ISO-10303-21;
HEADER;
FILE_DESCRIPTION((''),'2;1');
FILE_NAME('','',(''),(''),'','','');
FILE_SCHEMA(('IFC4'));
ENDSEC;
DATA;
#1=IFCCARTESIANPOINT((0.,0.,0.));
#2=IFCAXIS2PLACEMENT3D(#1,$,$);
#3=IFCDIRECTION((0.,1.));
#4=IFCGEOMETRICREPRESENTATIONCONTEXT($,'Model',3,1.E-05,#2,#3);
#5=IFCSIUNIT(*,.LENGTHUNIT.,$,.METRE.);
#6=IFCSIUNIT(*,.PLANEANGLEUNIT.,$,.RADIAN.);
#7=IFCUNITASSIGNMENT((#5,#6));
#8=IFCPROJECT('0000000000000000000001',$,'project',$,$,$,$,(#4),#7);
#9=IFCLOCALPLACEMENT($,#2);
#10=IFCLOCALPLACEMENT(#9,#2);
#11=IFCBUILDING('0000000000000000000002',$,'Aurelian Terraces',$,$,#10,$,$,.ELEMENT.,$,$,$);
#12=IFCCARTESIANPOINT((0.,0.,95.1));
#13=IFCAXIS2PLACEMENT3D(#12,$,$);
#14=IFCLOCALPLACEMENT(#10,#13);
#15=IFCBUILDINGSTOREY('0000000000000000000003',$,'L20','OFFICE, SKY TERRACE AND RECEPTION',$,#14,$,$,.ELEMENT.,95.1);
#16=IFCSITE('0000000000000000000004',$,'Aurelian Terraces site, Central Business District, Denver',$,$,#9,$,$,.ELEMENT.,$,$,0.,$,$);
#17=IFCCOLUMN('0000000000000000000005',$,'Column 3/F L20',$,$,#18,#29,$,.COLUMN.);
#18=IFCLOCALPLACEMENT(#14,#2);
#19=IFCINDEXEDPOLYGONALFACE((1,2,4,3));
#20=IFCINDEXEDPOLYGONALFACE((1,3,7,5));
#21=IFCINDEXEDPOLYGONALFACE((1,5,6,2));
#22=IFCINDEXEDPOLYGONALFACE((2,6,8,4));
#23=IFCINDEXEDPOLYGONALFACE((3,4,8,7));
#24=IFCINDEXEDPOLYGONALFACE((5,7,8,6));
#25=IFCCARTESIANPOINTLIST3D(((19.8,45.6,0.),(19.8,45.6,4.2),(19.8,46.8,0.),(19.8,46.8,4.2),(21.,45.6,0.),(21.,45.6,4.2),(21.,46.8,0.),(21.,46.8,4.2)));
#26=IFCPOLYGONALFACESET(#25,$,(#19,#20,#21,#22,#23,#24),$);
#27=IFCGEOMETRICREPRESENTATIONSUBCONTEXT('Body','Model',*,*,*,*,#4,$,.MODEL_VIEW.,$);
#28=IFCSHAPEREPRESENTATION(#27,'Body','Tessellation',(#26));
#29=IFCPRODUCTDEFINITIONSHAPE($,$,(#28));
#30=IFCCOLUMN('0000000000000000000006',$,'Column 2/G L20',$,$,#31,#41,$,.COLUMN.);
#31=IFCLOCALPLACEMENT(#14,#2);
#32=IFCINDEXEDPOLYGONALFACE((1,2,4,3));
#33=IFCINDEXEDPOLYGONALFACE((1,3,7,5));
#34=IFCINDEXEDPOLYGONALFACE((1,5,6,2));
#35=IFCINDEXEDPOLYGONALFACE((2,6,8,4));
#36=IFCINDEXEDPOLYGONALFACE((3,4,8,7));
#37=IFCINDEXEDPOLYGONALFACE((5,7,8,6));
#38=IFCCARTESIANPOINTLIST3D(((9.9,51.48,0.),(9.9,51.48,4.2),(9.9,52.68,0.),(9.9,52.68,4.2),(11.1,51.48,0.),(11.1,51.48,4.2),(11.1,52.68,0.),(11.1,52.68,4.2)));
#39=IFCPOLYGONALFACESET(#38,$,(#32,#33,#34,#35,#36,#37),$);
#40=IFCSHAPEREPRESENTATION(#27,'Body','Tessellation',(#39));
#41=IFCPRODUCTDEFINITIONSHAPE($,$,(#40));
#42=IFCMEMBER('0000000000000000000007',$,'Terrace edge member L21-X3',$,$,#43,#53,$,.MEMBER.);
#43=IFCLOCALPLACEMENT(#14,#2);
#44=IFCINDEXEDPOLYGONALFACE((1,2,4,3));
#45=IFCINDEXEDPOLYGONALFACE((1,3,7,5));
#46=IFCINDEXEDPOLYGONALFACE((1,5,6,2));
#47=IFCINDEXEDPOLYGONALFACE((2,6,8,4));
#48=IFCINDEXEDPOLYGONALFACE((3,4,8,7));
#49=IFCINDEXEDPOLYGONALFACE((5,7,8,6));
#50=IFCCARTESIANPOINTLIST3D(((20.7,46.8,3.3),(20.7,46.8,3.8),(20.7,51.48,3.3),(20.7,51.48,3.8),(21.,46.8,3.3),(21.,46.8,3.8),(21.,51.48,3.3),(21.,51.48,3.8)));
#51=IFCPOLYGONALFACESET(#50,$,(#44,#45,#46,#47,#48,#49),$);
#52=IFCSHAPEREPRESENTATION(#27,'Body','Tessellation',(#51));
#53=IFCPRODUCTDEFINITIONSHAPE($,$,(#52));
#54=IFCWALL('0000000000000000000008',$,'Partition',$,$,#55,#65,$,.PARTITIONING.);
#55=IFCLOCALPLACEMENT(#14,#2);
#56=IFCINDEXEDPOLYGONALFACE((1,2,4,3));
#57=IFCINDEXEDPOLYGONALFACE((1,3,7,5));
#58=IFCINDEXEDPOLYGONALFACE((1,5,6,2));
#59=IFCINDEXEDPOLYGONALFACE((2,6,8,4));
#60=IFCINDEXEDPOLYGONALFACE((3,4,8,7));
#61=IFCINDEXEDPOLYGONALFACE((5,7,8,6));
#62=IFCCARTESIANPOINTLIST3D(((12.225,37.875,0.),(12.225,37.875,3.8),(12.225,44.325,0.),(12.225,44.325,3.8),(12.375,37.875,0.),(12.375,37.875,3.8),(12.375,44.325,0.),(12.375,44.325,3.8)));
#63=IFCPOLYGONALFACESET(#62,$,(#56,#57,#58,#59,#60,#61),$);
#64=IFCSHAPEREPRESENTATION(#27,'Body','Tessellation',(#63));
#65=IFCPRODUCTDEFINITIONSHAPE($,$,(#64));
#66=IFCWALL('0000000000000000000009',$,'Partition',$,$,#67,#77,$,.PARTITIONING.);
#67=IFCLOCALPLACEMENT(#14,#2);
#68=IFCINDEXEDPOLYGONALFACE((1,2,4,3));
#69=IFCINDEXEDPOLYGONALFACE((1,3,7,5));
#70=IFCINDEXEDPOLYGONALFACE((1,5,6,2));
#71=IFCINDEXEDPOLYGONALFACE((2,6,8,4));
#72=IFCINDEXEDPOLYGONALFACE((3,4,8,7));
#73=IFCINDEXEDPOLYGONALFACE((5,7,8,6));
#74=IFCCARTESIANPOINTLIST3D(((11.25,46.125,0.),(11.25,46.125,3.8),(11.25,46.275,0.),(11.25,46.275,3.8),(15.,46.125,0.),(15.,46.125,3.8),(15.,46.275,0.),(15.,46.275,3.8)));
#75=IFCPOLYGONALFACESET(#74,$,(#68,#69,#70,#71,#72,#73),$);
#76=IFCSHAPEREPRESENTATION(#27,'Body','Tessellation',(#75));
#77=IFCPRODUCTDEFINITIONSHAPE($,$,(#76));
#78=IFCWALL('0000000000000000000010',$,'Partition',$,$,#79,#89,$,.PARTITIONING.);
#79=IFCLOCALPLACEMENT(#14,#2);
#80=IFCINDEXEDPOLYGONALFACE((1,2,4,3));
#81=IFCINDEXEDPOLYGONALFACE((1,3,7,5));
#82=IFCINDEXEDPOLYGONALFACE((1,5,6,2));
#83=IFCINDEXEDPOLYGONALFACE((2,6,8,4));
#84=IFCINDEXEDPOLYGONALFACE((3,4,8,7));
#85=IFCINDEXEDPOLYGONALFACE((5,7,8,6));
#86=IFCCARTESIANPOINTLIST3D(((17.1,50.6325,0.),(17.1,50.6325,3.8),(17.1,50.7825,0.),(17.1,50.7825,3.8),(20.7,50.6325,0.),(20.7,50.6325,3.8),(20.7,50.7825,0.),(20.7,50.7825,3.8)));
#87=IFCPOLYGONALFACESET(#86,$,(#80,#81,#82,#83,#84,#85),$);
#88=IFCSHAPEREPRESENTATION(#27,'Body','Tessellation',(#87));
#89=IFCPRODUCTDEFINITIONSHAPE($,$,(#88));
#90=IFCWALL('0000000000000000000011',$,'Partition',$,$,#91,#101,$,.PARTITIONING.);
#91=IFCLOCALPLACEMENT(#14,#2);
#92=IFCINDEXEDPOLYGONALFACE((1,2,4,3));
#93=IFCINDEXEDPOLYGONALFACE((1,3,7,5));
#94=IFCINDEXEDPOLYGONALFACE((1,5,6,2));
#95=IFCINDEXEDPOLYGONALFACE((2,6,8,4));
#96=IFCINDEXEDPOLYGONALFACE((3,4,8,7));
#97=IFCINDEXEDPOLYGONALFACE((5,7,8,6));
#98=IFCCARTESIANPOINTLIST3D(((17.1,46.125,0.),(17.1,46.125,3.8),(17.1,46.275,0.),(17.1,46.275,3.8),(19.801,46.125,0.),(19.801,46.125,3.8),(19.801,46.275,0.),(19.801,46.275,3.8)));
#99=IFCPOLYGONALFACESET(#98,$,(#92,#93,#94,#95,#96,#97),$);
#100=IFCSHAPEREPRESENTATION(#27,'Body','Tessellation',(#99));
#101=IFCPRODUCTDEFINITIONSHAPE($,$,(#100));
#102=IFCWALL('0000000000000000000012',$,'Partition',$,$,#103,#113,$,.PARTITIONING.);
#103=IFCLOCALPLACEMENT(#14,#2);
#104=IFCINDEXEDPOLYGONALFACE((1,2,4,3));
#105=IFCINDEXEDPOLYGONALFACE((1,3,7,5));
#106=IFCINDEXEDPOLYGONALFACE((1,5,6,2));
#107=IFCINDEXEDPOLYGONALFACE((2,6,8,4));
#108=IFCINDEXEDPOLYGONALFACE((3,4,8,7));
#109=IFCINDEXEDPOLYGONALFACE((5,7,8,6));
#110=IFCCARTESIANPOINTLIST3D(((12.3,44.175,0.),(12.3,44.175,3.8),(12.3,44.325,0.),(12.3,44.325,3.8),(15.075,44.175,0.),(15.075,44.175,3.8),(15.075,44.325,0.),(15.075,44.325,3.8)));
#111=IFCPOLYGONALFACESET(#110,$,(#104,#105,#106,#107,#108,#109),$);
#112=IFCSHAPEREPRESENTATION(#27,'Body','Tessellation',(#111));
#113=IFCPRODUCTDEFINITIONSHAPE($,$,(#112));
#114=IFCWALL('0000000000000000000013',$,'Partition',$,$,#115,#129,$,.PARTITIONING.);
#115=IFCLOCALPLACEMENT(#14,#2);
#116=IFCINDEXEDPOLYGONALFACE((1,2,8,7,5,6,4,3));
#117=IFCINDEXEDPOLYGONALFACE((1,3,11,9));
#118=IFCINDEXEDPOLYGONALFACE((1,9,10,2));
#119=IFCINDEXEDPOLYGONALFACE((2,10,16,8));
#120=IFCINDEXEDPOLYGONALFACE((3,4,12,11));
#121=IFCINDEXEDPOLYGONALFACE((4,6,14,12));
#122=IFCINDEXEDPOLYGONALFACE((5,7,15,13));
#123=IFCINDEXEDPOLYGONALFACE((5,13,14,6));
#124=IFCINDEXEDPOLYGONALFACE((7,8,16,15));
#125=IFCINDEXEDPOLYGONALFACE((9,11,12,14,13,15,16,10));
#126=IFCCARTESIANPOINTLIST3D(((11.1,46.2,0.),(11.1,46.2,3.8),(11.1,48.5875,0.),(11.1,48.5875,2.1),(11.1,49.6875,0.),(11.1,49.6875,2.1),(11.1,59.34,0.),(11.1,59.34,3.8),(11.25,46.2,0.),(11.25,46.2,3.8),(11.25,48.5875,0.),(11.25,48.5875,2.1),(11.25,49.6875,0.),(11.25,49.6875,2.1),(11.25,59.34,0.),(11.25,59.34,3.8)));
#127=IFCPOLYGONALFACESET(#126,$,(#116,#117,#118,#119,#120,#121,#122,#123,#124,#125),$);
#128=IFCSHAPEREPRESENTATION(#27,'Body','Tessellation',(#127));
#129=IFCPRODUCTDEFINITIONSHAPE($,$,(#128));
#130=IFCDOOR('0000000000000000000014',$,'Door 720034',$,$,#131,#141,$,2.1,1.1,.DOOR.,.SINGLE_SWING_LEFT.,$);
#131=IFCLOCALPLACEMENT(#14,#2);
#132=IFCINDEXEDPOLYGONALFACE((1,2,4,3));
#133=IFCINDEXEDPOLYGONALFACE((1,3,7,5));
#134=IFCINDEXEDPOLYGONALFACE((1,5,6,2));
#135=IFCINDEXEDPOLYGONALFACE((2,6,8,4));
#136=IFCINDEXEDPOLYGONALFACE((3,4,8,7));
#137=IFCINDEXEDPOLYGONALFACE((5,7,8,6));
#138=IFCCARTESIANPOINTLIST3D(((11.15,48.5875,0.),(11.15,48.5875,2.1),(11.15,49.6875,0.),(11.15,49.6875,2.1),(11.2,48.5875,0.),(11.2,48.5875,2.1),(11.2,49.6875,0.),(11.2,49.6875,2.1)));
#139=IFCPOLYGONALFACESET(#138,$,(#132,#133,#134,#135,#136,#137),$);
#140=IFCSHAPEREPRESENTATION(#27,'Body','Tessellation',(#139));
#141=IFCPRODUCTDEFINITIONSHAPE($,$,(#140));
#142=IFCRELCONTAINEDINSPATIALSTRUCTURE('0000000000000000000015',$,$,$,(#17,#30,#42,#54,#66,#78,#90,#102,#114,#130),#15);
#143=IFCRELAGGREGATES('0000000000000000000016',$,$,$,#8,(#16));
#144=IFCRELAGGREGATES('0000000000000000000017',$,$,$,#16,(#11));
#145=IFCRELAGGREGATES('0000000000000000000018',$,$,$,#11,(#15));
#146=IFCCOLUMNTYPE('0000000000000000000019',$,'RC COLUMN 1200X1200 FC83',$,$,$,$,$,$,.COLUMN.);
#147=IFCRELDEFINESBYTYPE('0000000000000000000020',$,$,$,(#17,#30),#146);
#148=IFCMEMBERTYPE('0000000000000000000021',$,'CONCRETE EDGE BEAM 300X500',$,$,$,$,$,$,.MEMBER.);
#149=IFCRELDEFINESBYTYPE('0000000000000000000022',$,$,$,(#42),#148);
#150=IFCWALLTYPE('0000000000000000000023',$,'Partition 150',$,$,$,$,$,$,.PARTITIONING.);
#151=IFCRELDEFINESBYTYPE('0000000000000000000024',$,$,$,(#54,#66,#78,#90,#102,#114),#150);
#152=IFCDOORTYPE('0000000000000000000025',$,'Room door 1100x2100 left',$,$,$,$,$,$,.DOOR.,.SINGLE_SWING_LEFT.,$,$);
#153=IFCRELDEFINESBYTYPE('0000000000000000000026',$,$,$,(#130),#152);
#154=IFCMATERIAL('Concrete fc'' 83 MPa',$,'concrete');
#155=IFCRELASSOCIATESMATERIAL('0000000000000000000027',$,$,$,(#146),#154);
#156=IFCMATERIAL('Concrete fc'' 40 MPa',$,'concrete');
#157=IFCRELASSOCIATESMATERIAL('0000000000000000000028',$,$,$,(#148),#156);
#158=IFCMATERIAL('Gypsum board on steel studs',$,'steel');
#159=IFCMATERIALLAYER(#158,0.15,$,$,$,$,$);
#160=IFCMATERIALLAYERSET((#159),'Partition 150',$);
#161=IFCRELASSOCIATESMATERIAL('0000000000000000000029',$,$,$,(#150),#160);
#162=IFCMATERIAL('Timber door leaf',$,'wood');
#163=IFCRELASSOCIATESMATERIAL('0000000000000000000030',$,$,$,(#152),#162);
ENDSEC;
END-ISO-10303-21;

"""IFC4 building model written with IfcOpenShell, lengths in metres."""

from ifc_helpers import new_model, si_unit, direction, frame, frame_2d, origin, origin_2d, place, context, subcontext, project, spatial, rectangle, extrude, source, transform, mapped, material, layer, layer_set, material_profile, profile_set, type_object, element, fill, save


model = new_model("IFC4")

# Units and contexts
model_context = context("Model", 3, precision=1e-05, world=origin(), true_north=direction((0.0, 1.0)))
body_context = subcontext(model_context, "Body", "Model", "MODEL_VIEW")
ifc_project = project(units=[si_unit("LENGTHUNIT", "METRE"), si_unit("PLANEANGLEUNIT", "RADIAN")], contexts=[model_context])

# Site, building, storey
site_placement = place(None, origin())
site = spatial("IfcSite", under=ifc_project, at=site_placement, Name="Aurelian Terraces site, Central Business District, Denver", CompositionType="ELEMENT", RefElevation=0.0)
building_placement = place(site_placement, origin())
building = spatial("IfcBuilding", under=site, at=building_placement, Name="Aurelian Terraces", CompositionType="ELEMENT")
storey_placement = place(building_placement, frame((0.0, 0.0, 95.1)))
storey = spatial("IfcBuildingStorey", under=building, at=storey_placement, Name="L20", Description="OFFICE, SKY TERRACE AND RECEPTION", CompositionType="ELEMENT", Elevation=95.1)

# Columns
ifc_material_1 = material(Name="Concrete fc' 83 MPa", Category="concrete")
ifc_material_profile_1 = material_profile(ifc_material_1, rectangle(XDim=1.2, YDim=1.2, at=origin_2d()))
ifc_profile_set_1 = profile_set([ifc_material_profile_1], Name="Concrete fc' 83 MPa")
column_type = type_object("IfcColumnType", Name="RC COLUMN 1200X1200 FC83", PredefinedType="COLUMN", material=ifc_profile_set_1)
shared_shape_1 = source(origin(), body_context, "Body", "SweptSolid", [
    extrude(rectangle(XDim=1.2, YDim=1.2, at=origin_2d()), origin(), (0.0, 0.0, 1.0), 4.2),
])
for number, where, z_axis, x_axis, name in (
    (1, (20.4, 46.2, 0.0), (0.0, 0.0, 1.0), (1.0, 0.0, 0.0), "Column 3/F L20"),
    (2, (10.5, 52.08, 0.0), (0.0, 0.0, 1.0), (1.0, 0.0, 0.0), "Column 2/G L20"),
):
    element("IfcColumn", number, at=place(storey_placement, frame(where, z_axis=z_axis, x_axis=x_axis)), inside=storey, type_object=column_type, Name=name, PredefinedType="COLUMN", context=body_context, shape_type="MappedRepresentation", body=[
        mapped(shared_shape_1, transform((0.0, 0.0, 0.0), scale=1.0)),
    ])

# Member
ifc_material_2 = material(Name="Concrete fc' 40 MPa", Category="concrete")
ifc_material_profile_2 = material_profile(ifc_material_2, rectangle(XDim=0.3, YDim=0.5, at=origin_2d()))
ifc_profile_set_2 = profile_set([ifc_material_profile_2], Name="Concrete fc' 40 MPa")
member_type = type_object("IfcMemberType", Name="CONCRETE EDGE BEAM 300X500", PredefinedType="MEMBER", material=ifc_profile_set_2)
shared_shape_2 = source(origin(), body_context, "Body", "SweptSolid", [
    extrude(rectangle(XDim=0.3, YDim=0.5, at=origin_2d()), origin(), (0.0, 0.0, 1.0), 4.68),
])
member_placement = place(storey_placement, frame((20.85, 51.48, 3.55), z_axis=(0.0, -1.0, 0.0), x_axis=(1.0, 0.0, 0.0)))
element("IfcMember", 3, at=member_placement, inside=storey, type_object=member_type, Name="Terrace edge member L21-X3", PredefinedType="MEMBER", context=body_context, shape_type="MappedRepresentation", body=[
    mapped(shared_shape_2, transform((0.0, 0.0, 0.0), scale=1.0)),
])

# Walls
ifc_material_3 = material(Name="Gypsum board on steel studs", Category="steel")
ifc_layer_1 = layer(ifc_material_3, 0.15)
ifc_layer_set_1 = layer_set([ifc_layer_1], Name="Partition 150")
wall_type_1 = type_object("IfcWallType", Name="Partition 150", PredefinedType="PARTITIONING", material=ifc_layer_set_1)
shared_shape_3 = source(origin(), body_context, "Body", "SweptSolid", [
    extrude(rectangle(XDim=6.45, YDim=0.15, at=frame_2d((3.225, 0.0))), origin(), (0.0, 0.0, 1.0), 3.8),
])
wall_1_placement = place(storey_placement, frame((12.3, 44.325, 0.0), z_axis=(0.0, 0.0, 1.0), x_axis=(0.0, -1.0, 0.0)))
element("IfcWall", 4, at=wall_1_placement, inside=storey, type_object=wall_type_1, Name="Partition", PredefinedType="PARTITIONING", context=body_context, shape_type="MappedRepresentation", body=[
    mapped(shared_shape_3, transform((0.0, 0.0, 0.0), scale=1.0)),
])
shared_shape_4 = source(origin(), body_context, "Body", "SweptSolid", [
    extrude(rectangle(XDim=3.75, YDim=0.15, at=frame_2d((1.875, 0.0))), origin(), (0.0, 0.0, 1.0), 3.8),
])
wall_2_placement = place(storey_placement, frame((15.0, 46.2, 0.0), z_axis=(0.0, 0.0, 1.0), x_axis=(-1.0, 0.0, 0.0)))
element("IfcWall", 5, at=wall_2_placement, inside=storey, type_object=wall_type_1, Name="Partition", PredefinedType="PARTITIONING", context=body_context, shape_type="MappedRepresentation", body=[
    mapped(shared_shape_4, transform((0.0, 0.0, 0.0), scale=1.0)),
])
shared_shape_5 = source(origin(), body_context, "Body", "SweptSolid", [
    extrude(rectangle(XDim=3.6, YDim=0.15, at=frame_2d((1.8, 0.0))), origin(), (0.0, 0.0, 1.0), 3.8),
])
wall_3_placement = place(storey_placement, frame((17.1, 50.7075, 0.0), z_axis=(0.0, 0.0, 1.0), x_axis=(1.0, 0.0, 0.0)))
element("IfcWall", 6, at=wall_3_placement, inside=storey, type_object=wall_type_1, Name="Partition", PredefinedType="PARTITIONING", context=body_context, shape_type="MappedRepresentation", body=[
    mapped(shared_shape_5, transform((0.0, 0.0, 0.0), scale=1.0)),
])
shared_shape_6 = source(origin(), body_context, "Body", "SweptSolid", [
    extrude(rectangle(XDim=2.701, YDim=0.15, at=frame_2d((1.3505, 0.0))), origin(), (0.0, 0.0, 1.0), 3.8),
])
wall_4_placement = place(storey_placement, frame((19.801, 46.2, 0.0), z_axis=(0.0, 0.0, 1.0), x_axis=(-1.0, 0.0, 0.0)))
element("IfcWall", 7, at=wall_4_placement, inside=storey, type_object=wall_type_1, Name="Partition", PredefinedType="PARTITIONING", context=body_context, shape_type="MappedRepresentation", body=[
    mapped(shared_shape_6, transform((0.0, 0.0, 0.0), scale=1.0)),
])
shared_shape_7 = source(origin(), body_context, "Body", "SweptSolid", [
    extrude(rectangle(XDim=2.775, YDim=0.15, at=frame_2d((1.3875, 0.0))), origin(), (0.0, 0.0, 1.0), 3.8),
])
wall_5_placement = place(storey_placement, frame((15.075, 44.25, 0.0), z_axis=(0.0, 0.0, 1.0), x_axis=(-1.0, 0.0, 0.0)))
element("IfcWall", 8, at=wall_5_placement, inside=storey, type_object=wall_type_1, Name="Partition", PredefinedType="PARTITIONING", context=body_context, shape_type="MappedRepresentation", body=[
    mapped(shared_shape_7, transform((0.0, 0.0, 0.0), scale=1.0)),
])

# Wall, opening, door
shared_shape_8 = source(origin(), body_context, "Body", "SweptSolid", [
    extrude(rectangle(XDim=13.14, YDim=0.15, at=frame_2d((6.57, 0.0))), origin(), (0.0, 0.0, 1.0), 3.8),
])
wall_6_placement = place(storey_placement, frame((11.175, 46.2, 0.0), z_axis=(0.0, 0.0, 1.0), x_axis=(0.0, 1.0, 0.0)))
wall_6 = element("IfcWall", 9, at=wall_6_placement, inside=storey, type_object=wall_type_1, Name="Partition", PredefinedType="PARTITIONING", context=body_context, shape_type="MappedRepresentation", body=[
    mapped(shared_shape_8, transform((0.0, 0.0, 0.0), scale=1.0)),
])
shared_shape_9 = source(origin(), body_context, "Body", "SweptSolid", [
    extrude(rectangle(XDim=1.1, YDim=2.1, at=frame_2d((0.55, 1.05))), frame((0.0, 0.085, 0.0), z_axis=(0.0, -1.0, 0.0), x_axis=(1.0, 0.0, 0.0)), (0.0, 0.0, 1.0), 0.17),
])
opening_1_placement = place(wall_6_placement, frame((2.3875, 0.0, 0.0)))
opening_1 = element("IfcOpeningElement", 10, at=opening_1_placement, cuts=wall_6, PredefinedType="OPENING", context=body_context, shape_type="MappedRepresentation", body=[
    mapped(shared_shape_9, transform((0.0, 0.0, 0.0), scale=1.0)),
])
ifc_material_4 = material(Name="Timber door leaf", Category="wood")
door_type_1 = type_object("IfcDoorType", Name="Room door 1100x2100 left", OperationType="SINGLE_SWING_LEFT", PredefinedType="DOOR", material=ifc_material_4)
shared_shape_10 = source(origin(), body_context, "Body", "SweptSolid", [
    extrude(rectangle(XDim=1.1, YDim=2.1, at=frame_2d((0.55, 1.05))), frame((0.0, 0.025, 0.0), z_axis=(0.0, -1.0, 0.0), x_axis=(1.0, 0.0, 0.0)), (0.0, 0.0, 1.0), 0.05),
])
door_1_placement = place(opening_1_placement, origin())
door_1 = element("IfcDoor", 11, at=door_1_placement, inside=storey, type_object=door_type_1, Name="Door 720034", OperationType="SINGLE_SWING_LEFT", OverallHeight=2.1, OverallWidth=1.1, PredefinedType="DOOR", context=body_context, shape_type="MappedRepresentation", body=[
    mapped(shared_shape_10, transform((0.0, 0.0, 0.0), scale=1.0)),
])
fill(opening_1, door_1)

save(model, "model.ifc")
